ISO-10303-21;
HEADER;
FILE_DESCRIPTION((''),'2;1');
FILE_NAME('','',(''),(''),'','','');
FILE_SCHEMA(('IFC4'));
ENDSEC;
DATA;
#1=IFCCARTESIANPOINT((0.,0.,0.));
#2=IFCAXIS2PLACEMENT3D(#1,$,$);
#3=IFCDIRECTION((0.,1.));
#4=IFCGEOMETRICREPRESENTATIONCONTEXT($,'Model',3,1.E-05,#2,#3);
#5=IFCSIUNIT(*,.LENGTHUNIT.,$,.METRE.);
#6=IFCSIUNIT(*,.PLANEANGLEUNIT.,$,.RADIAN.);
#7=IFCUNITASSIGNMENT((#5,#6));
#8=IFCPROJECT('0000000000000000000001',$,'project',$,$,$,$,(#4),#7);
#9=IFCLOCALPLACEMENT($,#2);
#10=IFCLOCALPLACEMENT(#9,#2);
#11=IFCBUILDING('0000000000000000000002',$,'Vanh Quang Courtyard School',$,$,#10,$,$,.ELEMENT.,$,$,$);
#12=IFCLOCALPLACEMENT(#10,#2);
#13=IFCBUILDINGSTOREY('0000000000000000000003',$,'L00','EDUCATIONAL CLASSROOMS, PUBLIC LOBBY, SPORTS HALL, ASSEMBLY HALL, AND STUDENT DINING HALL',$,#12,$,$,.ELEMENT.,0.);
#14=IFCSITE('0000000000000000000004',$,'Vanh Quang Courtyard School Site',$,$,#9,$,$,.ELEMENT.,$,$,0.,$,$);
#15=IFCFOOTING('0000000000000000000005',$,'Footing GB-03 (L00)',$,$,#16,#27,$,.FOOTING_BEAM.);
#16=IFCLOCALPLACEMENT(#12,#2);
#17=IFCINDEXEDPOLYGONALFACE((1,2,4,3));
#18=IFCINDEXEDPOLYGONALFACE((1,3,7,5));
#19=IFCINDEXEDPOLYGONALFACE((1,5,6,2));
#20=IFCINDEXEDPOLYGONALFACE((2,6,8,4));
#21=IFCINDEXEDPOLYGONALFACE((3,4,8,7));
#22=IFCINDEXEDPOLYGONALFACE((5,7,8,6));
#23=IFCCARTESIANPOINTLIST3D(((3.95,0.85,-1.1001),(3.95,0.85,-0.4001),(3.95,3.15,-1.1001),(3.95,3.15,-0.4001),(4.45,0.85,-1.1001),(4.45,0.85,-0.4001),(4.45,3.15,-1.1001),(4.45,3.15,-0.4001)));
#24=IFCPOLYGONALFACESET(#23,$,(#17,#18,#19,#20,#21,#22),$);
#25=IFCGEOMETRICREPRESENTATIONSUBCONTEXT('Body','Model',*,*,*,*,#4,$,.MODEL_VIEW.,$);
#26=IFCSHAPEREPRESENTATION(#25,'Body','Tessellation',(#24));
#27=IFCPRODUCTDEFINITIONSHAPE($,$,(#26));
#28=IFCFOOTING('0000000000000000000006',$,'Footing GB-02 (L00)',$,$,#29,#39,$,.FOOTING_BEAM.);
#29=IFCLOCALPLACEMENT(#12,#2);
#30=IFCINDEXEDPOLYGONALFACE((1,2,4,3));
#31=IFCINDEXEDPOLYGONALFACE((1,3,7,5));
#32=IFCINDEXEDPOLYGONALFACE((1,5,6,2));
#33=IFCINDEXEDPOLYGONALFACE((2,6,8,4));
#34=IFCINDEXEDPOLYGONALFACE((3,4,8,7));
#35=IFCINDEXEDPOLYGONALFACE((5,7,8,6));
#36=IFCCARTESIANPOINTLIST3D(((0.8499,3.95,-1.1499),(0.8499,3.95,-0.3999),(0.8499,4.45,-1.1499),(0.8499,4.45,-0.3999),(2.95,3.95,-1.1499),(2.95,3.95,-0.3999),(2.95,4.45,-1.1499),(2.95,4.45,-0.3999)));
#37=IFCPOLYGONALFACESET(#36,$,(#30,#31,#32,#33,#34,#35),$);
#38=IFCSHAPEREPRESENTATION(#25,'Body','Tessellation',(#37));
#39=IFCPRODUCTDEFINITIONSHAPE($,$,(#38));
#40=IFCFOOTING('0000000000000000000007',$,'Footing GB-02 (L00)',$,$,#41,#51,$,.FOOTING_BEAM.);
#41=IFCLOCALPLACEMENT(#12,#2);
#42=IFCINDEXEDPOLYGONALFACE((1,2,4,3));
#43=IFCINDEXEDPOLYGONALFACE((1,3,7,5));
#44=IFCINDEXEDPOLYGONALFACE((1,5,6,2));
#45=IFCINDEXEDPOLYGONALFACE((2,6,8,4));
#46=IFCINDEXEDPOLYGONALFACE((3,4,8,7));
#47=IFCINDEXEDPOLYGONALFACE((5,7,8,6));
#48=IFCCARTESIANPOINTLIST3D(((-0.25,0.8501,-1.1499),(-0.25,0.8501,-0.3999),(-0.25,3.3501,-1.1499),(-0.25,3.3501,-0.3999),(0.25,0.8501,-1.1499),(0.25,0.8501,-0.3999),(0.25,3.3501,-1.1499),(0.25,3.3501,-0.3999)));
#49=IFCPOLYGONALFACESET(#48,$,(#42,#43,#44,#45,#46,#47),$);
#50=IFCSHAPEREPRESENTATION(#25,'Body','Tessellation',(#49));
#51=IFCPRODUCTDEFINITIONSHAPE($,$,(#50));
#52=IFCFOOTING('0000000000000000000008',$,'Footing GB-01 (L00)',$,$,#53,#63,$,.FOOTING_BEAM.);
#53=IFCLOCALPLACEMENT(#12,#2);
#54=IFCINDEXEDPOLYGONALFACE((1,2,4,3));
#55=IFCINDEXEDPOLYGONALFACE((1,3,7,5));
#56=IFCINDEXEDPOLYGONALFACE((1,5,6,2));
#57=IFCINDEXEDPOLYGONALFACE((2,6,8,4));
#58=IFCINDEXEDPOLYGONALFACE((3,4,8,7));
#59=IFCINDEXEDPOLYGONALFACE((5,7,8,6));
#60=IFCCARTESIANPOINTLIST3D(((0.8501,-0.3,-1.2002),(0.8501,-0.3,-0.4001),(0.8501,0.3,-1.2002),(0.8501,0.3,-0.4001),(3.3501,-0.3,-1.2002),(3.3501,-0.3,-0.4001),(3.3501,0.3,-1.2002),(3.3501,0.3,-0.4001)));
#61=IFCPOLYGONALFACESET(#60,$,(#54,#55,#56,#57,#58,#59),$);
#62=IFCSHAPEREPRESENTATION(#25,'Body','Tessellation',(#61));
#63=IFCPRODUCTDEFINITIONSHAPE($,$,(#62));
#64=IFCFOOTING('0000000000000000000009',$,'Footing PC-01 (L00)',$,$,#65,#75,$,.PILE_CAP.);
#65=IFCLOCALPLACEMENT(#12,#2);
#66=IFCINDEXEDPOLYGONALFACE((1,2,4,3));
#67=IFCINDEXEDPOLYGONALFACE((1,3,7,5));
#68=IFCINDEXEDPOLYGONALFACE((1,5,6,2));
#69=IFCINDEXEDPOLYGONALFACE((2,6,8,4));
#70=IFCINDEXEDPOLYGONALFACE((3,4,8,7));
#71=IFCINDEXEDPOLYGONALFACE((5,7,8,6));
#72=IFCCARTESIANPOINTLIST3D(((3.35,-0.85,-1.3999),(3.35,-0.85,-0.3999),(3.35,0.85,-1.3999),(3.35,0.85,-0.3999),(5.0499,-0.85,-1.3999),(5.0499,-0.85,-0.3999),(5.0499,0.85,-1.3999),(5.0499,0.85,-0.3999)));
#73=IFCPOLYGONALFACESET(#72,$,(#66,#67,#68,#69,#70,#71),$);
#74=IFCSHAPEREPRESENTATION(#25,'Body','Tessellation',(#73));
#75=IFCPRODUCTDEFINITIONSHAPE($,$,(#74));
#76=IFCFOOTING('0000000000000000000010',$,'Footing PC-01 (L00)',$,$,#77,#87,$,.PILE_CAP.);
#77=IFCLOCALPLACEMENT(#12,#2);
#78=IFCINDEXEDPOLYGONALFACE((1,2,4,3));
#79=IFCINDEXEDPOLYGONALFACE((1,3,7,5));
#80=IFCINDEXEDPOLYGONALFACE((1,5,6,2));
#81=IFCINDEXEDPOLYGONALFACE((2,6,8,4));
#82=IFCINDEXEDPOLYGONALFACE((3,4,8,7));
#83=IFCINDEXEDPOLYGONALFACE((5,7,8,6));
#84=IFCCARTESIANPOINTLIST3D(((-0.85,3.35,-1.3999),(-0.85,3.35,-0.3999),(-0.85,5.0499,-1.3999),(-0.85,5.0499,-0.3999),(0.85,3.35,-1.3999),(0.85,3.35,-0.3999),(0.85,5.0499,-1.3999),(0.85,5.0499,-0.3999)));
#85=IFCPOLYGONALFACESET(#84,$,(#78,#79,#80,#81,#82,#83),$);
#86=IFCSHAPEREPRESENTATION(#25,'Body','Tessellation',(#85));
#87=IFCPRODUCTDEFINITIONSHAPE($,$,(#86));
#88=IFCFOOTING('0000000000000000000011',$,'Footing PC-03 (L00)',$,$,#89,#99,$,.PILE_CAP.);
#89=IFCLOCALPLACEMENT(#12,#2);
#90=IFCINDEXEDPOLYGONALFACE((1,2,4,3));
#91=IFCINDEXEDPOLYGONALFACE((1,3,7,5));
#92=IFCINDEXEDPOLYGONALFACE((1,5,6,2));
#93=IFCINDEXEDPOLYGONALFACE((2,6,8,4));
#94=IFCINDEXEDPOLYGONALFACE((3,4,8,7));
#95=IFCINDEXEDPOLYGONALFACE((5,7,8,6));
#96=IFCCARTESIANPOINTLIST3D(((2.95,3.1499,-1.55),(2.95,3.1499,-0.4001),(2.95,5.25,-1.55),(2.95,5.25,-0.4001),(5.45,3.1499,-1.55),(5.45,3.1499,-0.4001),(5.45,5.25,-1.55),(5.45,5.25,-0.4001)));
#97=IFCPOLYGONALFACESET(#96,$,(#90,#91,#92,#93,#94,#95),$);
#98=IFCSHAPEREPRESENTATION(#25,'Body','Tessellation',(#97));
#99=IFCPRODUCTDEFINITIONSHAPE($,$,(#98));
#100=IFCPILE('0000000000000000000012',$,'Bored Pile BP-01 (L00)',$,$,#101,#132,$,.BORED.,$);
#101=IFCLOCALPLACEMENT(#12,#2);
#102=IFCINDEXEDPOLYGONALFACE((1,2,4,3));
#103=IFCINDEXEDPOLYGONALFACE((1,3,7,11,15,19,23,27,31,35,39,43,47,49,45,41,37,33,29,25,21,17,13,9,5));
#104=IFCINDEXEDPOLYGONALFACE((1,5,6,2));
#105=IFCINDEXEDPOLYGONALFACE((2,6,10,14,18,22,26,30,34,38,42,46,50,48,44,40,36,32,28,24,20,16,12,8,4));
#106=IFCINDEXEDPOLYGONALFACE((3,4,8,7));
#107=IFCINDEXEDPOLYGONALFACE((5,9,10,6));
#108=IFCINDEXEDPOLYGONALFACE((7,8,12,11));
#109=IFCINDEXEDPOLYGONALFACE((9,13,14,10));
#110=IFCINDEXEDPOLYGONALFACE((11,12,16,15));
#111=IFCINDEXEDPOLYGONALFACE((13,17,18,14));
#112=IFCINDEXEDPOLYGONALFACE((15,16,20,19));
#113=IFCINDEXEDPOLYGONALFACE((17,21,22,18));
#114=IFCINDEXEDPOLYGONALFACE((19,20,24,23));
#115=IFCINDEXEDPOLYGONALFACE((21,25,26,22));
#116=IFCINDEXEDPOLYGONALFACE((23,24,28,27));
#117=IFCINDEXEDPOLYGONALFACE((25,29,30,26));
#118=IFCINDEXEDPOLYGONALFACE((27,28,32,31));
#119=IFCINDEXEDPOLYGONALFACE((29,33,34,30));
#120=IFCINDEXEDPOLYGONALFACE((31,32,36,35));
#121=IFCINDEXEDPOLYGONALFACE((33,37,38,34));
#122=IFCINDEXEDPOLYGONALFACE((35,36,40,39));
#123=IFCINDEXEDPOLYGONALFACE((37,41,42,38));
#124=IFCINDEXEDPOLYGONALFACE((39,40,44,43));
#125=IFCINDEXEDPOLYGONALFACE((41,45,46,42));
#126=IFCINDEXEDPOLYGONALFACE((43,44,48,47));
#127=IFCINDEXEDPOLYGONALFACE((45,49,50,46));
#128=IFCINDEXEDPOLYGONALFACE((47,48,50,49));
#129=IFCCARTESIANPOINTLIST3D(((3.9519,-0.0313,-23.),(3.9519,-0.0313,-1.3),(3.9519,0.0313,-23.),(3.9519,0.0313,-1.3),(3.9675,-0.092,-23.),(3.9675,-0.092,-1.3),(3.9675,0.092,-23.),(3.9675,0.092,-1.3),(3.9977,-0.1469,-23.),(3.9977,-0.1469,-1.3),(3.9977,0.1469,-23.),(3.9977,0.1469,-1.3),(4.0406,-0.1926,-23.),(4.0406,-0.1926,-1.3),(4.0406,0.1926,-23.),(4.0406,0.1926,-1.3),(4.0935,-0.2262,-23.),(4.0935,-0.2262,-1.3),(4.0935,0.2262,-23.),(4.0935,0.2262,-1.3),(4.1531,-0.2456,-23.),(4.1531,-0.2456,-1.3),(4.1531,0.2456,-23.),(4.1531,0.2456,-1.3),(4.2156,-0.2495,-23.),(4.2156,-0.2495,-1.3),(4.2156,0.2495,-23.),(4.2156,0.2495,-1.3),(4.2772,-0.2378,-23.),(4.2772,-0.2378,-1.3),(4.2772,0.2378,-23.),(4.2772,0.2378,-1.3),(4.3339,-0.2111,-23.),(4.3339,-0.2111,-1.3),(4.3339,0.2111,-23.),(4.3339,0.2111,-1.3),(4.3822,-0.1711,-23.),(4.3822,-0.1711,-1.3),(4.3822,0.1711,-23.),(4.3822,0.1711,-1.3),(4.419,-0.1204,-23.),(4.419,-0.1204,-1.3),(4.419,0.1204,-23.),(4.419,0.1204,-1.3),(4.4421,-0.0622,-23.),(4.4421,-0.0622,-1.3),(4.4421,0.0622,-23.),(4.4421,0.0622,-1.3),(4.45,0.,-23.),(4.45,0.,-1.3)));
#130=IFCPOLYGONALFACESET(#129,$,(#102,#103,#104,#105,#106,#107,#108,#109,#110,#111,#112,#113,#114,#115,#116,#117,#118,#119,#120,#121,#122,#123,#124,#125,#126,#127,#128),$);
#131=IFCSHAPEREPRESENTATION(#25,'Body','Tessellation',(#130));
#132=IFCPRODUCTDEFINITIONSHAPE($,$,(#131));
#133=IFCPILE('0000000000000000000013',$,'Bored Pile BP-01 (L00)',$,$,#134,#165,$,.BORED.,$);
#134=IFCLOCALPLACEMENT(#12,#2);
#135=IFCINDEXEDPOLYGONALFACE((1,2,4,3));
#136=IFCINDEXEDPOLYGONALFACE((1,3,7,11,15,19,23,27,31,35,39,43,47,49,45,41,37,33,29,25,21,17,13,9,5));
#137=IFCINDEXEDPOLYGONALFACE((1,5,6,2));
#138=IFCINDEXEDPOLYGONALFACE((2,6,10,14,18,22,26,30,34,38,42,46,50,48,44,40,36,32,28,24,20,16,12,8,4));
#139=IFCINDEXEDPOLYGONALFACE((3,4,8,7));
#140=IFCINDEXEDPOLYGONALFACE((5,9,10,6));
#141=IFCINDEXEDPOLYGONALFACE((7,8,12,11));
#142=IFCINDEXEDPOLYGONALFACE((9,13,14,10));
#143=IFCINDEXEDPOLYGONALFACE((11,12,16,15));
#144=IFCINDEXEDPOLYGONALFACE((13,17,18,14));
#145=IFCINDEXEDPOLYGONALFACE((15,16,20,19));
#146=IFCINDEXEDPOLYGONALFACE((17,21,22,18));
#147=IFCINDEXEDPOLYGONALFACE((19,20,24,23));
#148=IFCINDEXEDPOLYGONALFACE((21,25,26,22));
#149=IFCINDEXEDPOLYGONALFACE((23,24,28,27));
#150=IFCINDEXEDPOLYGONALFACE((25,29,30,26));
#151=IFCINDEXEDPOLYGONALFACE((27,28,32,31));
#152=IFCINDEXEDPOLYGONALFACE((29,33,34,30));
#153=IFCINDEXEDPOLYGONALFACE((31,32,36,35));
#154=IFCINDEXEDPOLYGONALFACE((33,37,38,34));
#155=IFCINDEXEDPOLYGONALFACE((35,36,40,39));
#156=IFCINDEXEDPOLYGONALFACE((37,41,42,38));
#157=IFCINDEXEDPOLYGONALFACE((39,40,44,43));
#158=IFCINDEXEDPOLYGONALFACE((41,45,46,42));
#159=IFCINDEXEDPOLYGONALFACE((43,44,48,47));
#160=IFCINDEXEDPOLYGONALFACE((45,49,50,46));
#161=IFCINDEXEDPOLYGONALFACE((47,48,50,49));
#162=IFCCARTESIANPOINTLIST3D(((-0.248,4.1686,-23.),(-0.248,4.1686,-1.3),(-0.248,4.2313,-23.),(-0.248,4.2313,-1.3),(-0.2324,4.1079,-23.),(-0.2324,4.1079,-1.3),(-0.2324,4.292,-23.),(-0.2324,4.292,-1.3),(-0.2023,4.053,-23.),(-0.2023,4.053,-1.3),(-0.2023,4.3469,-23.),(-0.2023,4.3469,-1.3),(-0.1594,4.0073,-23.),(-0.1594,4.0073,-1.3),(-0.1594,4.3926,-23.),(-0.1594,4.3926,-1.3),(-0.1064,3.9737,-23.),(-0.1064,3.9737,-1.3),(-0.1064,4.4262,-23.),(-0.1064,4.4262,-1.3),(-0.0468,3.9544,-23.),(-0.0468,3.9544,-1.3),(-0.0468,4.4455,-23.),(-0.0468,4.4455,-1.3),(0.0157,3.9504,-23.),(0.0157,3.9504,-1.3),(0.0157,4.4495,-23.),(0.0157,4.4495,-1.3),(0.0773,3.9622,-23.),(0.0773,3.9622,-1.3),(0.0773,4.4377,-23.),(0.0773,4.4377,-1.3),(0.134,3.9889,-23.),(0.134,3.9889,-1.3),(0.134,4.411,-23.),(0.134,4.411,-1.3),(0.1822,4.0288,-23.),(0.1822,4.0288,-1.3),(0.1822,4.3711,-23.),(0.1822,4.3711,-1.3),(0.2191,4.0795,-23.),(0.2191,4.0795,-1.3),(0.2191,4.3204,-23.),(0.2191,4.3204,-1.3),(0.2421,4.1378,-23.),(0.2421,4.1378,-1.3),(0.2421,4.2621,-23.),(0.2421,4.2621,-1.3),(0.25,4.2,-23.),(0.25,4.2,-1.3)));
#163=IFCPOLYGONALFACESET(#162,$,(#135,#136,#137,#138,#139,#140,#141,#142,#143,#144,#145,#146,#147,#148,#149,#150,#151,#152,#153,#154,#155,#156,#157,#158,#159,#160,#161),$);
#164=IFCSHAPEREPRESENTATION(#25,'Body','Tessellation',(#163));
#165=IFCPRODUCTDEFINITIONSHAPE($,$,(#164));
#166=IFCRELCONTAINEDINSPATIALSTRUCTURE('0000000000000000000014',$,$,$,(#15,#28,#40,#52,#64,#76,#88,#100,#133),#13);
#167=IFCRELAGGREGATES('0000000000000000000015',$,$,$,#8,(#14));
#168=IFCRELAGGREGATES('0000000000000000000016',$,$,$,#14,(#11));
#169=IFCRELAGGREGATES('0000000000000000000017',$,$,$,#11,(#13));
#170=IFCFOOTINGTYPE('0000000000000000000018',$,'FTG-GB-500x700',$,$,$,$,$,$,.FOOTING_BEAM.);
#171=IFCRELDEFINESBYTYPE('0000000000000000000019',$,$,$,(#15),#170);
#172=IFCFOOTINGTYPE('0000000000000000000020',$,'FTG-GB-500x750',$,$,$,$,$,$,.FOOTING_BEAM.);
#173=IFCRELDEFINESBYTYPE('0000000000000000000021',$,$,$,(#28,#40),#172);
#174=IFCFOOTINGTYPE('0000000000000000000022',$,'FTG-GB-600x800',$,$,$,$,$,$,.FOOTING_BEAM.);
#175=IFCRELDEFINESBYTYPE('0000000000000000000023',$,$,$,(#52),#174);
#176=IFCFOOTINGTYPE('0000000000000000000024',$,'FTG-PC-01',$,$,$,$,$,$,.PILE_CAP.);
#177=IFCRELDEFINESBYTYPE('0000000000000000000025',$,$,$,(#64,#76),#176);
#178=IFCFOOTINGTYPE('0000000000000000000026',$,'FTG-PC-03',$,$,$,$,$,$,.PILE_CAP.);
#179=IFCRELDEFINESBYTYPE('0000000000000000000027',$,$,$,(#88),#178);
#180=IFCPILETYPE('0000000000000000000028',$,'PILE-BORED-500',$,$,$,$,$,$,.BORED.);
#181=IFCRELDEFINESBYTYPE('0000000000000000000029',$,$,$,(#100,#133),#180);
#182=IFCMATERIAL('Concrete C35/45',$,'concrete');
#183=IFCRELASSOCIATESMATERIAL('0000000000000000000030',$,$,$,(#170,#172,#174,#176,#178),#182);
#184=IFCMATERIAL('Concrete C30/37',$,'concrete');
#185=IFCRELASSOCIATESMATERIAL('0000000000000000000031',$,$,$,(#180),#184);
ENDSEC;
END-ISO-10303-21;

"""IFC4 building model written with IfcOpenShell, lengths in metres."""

from ifc_helpers import new_model, si_unit, direction, frame, origin, origin_2d, place, context, subcontext, project, spatial, rectangle, circle, extrude, material, material_profile, profile_set, type_object, element, save


model = new_model("IFC4")

# Units and contexts
model_context = context("Model", 3, precision=1e-05, world=origin(), true_north=direction((0.0, 1.0)))
body_context = subcontext(model_context, "Body", "Model", "MODEL_VIEW")
ifc_project = project(units=[si_unit("LENGTHUNIT", "METRE"), si_unit("PLANEANGLEUNIT", "RADIAN")], contexts=[model_context])

# Site, building, storey
site_placement = place(None, origin())
site = spatial("IfcSite", under=ifc_project, at=site_placement, Name="Vanh Quang Courtyard School Site", CompositionType="ELEMENT", RefElevation=0.0)
building_placement = place(site_placement, origin())
building = spatial("IfcBuilding", under=site, at=building_placement, Name="Vanh Quang Courtyard School", CompositionType="ELEMENT")
storey_placement = place(building_placement, origin())
storey = spatial("IfcBuildingStorey", under=building, at=storey_placement, Name="L00", Description="EDUCATIONAL CLASSROOMS, PUBLIC LOBBY, SPORTS HALL, ASSEMBLY HALL, AND STUDENT DINING HALL", CompositionType="ELEMENT", Elevation=0.0)

# Footings
ifc_material_1 = material(Name="Concrete C35/45", Category="concrete")
footing_type_1 = type_object("IfcFootingType", Name="FTG-GB-500x700", PredefinedType="FOOTING_BEAM", material=ifc_material_1)
footing_1_placement = place(storey_placement, frame((4.2, 2.0, -1.1001), z_axis=(0.0, 0.0, 1.0), x_axis=(0.0, 1.0, 0.0)))
element("IfcFooting", 1, at=footing_1_placement, inside=storey, type_object=footing_type_1, Name="Footing GB-03 (L00)", PredefinedType="FOOTING_BEAM", context=body_context, shape_type="SweptSolid", body=[
    extrude(rectangle(XDim=2.3, YDim=0.5, at=origin_2d()), origin(), (0.0, 0.0, 1.0), 0.7),
])
footing_type_2 = type_object("IfcFootingType", Name="FTG-GB-500x750", PredefinedType="FOOTING_BEAM", material=ifc_material_1)
footing_2_placement = place(storey_placement, frame((1.8999, 4.2, -1.1499), z_axis=(0.0, 0.0, 1.0), x_axis=(1.0, 0.0, 0.0)))
element("IfcFooting", 2, at=footing_2_placement, inside=storey, type_object=footing_type_2, Name="Footing GB-02 (L00)", PredefinedType="FOOTING_BEAM", context=body_context, shape_type="SweptSolid", body=[
    extrude(rectangle(XDim=2.1001, YDim=0.5, at=origin_2d()), origin(), (0.0, 0.0, 1.0), 0.75),
])
footing_3_placement = place(storey_placement, frame((0.0, 2.1001, -1.1499), z_axis=(0.0, 0.0, 1.0), x_axis=(0.0, 1.0, 0.0)))
element("IfcFooting", 3, at=footing_3_placement, inside=storey, type_object=footing_type_2, Name="Footing GB-02 (L00)", PredefinedType="FOOTING_BEAM", context=body_context, shape_type="SweptSolid", body=[
    extrude(rectangle(XDim=2.5, YDim=0.5, at=origin_2d()), origin(), (0.0, 0.0, 1.0), 0.75),
])
footing_type_3 = type_object("IfcFootingType", Name="FTG-GB-600x800", PredefinedType="FOOTING_BEAM", material=ifc_material_1)
footing_4_placement = place(storey_placement, frame((2.1001, 0.0, -1.2002), z_axis=(0.0, 0.0, 1.0), x_axis=(1.0, 0.0, 0.0)))
element("IfcFooting", 4, at=footing_4_placement, inside=storey, type_object=footing_type_3, Name="Footing GB-01 (L00)", PredefinedType="FOOTING_BEAM", context=body_context, shape_type="SweptSolid", body=[
    extrude(rectangle(XDim=2.5, YDim=0.6001, at=origin_2d()), origin(), (0.0, 0.0, 1.0), 0.8),
])
footing_type_4 = type_object("IfcFootingType", Name="FTG-PC-01", PredefinedType="PILE_CAP", material=ifc_material_1)
for number, where, z_axis, x_axis, name in (
    (5, (4.2, 0.0, -1.3999), (0.0, 0.0, 1.0), (1.0, 0.0, 0.0), "Footing PC-01 (L00)"),
    (6, (0.0, 4.2, -1.3999), (0.0, 0.0, 1.0), (1.0, 0.0, 0.0), "Footing PC-01 (L00)"),
):
    element("IfcFooting", number, at=place(storey_placement, frame(where, z_axis=z_axis, x_axis=x_axis)), inside=storey, type_object=footing_type_4, Name=name, PredefinedType="PILE_CAP", context=body_context, shape_type="SweptSolid", body=[
        extrude(rectangle(XDim=1.7, YDim=1.7, at=origin_2d()), origin(), (0.0, 0.0, 1.0), 1.0),
    ])
footing_type_5 = type_object("IfcFootingType", Name="FTG-PC-03", PredefinedType="PILE_CAP", material=ifc_material_1)
footing_5_placement = place(storey_placement, frame((4.2, 4.2, -1.55), z_axis=(0.0, 0.0, 1.0), x_axis=(1.0, 0.0, 0.0)))
element("IfcFooting", 7, at=footing_5_placement, inside=storey, type_object=footing_type_5, Name="Footing PC-03 (L00)", PredefinedType="PILE_CAP", context=body_context, shape_type="SweptSolid", body=[
    extrude(rectangle(XDim=2.5, YDim=2.1001, at=origin_2d()), origin(), (0.0, 0.0, 1.0), 1.1499),
])

# Piles
ifc_material_2 = material(Name="Concrete C30/37", Category="concrete")
ifc_material_profile_1 = material_profile(ifc_material_2, circle(Radius=0.25, at=origin_2d()), Name="PILE D500")
ifc_profile_set_1 = profile_set([ifc_material_profile_1], Name="Concrete C30/37")
pile_type_1 = type_object("IfcPileType", Name="PILE-BORED-500", PredefinedType="BORED", material=ifc_profile_set_1)
for number, where, z_axis, x_axis, name in (
    (8, (4.2, 0.0, -1.3), (0.0, 0.0, -1.0), (1.0, 0.0, 0.0), "Bored Pile BP-01 (L00)"),
    (9, (0.0, 4.2, -1.3), (0.0, 0.0, -1.0), (1.0, 0.0, 0.0), "Bored Pile BP-01 (L00)"),
):
    element("IfcPile", number, at=place(storey_placement, frame(where, z_axis=z_axis, x_axis=x_axis)), inside=storey, type_object=pile_type_1, Name=name, PredefinedType="BORED", context=body_context, shape_type="SweptSolid", body=[
        extrude(circle(Radius=0.25, at=origin_2d()), origin(), (0.0, 0.0, 1.0), 21.7),
    ])

save(model, "model.ifc")
